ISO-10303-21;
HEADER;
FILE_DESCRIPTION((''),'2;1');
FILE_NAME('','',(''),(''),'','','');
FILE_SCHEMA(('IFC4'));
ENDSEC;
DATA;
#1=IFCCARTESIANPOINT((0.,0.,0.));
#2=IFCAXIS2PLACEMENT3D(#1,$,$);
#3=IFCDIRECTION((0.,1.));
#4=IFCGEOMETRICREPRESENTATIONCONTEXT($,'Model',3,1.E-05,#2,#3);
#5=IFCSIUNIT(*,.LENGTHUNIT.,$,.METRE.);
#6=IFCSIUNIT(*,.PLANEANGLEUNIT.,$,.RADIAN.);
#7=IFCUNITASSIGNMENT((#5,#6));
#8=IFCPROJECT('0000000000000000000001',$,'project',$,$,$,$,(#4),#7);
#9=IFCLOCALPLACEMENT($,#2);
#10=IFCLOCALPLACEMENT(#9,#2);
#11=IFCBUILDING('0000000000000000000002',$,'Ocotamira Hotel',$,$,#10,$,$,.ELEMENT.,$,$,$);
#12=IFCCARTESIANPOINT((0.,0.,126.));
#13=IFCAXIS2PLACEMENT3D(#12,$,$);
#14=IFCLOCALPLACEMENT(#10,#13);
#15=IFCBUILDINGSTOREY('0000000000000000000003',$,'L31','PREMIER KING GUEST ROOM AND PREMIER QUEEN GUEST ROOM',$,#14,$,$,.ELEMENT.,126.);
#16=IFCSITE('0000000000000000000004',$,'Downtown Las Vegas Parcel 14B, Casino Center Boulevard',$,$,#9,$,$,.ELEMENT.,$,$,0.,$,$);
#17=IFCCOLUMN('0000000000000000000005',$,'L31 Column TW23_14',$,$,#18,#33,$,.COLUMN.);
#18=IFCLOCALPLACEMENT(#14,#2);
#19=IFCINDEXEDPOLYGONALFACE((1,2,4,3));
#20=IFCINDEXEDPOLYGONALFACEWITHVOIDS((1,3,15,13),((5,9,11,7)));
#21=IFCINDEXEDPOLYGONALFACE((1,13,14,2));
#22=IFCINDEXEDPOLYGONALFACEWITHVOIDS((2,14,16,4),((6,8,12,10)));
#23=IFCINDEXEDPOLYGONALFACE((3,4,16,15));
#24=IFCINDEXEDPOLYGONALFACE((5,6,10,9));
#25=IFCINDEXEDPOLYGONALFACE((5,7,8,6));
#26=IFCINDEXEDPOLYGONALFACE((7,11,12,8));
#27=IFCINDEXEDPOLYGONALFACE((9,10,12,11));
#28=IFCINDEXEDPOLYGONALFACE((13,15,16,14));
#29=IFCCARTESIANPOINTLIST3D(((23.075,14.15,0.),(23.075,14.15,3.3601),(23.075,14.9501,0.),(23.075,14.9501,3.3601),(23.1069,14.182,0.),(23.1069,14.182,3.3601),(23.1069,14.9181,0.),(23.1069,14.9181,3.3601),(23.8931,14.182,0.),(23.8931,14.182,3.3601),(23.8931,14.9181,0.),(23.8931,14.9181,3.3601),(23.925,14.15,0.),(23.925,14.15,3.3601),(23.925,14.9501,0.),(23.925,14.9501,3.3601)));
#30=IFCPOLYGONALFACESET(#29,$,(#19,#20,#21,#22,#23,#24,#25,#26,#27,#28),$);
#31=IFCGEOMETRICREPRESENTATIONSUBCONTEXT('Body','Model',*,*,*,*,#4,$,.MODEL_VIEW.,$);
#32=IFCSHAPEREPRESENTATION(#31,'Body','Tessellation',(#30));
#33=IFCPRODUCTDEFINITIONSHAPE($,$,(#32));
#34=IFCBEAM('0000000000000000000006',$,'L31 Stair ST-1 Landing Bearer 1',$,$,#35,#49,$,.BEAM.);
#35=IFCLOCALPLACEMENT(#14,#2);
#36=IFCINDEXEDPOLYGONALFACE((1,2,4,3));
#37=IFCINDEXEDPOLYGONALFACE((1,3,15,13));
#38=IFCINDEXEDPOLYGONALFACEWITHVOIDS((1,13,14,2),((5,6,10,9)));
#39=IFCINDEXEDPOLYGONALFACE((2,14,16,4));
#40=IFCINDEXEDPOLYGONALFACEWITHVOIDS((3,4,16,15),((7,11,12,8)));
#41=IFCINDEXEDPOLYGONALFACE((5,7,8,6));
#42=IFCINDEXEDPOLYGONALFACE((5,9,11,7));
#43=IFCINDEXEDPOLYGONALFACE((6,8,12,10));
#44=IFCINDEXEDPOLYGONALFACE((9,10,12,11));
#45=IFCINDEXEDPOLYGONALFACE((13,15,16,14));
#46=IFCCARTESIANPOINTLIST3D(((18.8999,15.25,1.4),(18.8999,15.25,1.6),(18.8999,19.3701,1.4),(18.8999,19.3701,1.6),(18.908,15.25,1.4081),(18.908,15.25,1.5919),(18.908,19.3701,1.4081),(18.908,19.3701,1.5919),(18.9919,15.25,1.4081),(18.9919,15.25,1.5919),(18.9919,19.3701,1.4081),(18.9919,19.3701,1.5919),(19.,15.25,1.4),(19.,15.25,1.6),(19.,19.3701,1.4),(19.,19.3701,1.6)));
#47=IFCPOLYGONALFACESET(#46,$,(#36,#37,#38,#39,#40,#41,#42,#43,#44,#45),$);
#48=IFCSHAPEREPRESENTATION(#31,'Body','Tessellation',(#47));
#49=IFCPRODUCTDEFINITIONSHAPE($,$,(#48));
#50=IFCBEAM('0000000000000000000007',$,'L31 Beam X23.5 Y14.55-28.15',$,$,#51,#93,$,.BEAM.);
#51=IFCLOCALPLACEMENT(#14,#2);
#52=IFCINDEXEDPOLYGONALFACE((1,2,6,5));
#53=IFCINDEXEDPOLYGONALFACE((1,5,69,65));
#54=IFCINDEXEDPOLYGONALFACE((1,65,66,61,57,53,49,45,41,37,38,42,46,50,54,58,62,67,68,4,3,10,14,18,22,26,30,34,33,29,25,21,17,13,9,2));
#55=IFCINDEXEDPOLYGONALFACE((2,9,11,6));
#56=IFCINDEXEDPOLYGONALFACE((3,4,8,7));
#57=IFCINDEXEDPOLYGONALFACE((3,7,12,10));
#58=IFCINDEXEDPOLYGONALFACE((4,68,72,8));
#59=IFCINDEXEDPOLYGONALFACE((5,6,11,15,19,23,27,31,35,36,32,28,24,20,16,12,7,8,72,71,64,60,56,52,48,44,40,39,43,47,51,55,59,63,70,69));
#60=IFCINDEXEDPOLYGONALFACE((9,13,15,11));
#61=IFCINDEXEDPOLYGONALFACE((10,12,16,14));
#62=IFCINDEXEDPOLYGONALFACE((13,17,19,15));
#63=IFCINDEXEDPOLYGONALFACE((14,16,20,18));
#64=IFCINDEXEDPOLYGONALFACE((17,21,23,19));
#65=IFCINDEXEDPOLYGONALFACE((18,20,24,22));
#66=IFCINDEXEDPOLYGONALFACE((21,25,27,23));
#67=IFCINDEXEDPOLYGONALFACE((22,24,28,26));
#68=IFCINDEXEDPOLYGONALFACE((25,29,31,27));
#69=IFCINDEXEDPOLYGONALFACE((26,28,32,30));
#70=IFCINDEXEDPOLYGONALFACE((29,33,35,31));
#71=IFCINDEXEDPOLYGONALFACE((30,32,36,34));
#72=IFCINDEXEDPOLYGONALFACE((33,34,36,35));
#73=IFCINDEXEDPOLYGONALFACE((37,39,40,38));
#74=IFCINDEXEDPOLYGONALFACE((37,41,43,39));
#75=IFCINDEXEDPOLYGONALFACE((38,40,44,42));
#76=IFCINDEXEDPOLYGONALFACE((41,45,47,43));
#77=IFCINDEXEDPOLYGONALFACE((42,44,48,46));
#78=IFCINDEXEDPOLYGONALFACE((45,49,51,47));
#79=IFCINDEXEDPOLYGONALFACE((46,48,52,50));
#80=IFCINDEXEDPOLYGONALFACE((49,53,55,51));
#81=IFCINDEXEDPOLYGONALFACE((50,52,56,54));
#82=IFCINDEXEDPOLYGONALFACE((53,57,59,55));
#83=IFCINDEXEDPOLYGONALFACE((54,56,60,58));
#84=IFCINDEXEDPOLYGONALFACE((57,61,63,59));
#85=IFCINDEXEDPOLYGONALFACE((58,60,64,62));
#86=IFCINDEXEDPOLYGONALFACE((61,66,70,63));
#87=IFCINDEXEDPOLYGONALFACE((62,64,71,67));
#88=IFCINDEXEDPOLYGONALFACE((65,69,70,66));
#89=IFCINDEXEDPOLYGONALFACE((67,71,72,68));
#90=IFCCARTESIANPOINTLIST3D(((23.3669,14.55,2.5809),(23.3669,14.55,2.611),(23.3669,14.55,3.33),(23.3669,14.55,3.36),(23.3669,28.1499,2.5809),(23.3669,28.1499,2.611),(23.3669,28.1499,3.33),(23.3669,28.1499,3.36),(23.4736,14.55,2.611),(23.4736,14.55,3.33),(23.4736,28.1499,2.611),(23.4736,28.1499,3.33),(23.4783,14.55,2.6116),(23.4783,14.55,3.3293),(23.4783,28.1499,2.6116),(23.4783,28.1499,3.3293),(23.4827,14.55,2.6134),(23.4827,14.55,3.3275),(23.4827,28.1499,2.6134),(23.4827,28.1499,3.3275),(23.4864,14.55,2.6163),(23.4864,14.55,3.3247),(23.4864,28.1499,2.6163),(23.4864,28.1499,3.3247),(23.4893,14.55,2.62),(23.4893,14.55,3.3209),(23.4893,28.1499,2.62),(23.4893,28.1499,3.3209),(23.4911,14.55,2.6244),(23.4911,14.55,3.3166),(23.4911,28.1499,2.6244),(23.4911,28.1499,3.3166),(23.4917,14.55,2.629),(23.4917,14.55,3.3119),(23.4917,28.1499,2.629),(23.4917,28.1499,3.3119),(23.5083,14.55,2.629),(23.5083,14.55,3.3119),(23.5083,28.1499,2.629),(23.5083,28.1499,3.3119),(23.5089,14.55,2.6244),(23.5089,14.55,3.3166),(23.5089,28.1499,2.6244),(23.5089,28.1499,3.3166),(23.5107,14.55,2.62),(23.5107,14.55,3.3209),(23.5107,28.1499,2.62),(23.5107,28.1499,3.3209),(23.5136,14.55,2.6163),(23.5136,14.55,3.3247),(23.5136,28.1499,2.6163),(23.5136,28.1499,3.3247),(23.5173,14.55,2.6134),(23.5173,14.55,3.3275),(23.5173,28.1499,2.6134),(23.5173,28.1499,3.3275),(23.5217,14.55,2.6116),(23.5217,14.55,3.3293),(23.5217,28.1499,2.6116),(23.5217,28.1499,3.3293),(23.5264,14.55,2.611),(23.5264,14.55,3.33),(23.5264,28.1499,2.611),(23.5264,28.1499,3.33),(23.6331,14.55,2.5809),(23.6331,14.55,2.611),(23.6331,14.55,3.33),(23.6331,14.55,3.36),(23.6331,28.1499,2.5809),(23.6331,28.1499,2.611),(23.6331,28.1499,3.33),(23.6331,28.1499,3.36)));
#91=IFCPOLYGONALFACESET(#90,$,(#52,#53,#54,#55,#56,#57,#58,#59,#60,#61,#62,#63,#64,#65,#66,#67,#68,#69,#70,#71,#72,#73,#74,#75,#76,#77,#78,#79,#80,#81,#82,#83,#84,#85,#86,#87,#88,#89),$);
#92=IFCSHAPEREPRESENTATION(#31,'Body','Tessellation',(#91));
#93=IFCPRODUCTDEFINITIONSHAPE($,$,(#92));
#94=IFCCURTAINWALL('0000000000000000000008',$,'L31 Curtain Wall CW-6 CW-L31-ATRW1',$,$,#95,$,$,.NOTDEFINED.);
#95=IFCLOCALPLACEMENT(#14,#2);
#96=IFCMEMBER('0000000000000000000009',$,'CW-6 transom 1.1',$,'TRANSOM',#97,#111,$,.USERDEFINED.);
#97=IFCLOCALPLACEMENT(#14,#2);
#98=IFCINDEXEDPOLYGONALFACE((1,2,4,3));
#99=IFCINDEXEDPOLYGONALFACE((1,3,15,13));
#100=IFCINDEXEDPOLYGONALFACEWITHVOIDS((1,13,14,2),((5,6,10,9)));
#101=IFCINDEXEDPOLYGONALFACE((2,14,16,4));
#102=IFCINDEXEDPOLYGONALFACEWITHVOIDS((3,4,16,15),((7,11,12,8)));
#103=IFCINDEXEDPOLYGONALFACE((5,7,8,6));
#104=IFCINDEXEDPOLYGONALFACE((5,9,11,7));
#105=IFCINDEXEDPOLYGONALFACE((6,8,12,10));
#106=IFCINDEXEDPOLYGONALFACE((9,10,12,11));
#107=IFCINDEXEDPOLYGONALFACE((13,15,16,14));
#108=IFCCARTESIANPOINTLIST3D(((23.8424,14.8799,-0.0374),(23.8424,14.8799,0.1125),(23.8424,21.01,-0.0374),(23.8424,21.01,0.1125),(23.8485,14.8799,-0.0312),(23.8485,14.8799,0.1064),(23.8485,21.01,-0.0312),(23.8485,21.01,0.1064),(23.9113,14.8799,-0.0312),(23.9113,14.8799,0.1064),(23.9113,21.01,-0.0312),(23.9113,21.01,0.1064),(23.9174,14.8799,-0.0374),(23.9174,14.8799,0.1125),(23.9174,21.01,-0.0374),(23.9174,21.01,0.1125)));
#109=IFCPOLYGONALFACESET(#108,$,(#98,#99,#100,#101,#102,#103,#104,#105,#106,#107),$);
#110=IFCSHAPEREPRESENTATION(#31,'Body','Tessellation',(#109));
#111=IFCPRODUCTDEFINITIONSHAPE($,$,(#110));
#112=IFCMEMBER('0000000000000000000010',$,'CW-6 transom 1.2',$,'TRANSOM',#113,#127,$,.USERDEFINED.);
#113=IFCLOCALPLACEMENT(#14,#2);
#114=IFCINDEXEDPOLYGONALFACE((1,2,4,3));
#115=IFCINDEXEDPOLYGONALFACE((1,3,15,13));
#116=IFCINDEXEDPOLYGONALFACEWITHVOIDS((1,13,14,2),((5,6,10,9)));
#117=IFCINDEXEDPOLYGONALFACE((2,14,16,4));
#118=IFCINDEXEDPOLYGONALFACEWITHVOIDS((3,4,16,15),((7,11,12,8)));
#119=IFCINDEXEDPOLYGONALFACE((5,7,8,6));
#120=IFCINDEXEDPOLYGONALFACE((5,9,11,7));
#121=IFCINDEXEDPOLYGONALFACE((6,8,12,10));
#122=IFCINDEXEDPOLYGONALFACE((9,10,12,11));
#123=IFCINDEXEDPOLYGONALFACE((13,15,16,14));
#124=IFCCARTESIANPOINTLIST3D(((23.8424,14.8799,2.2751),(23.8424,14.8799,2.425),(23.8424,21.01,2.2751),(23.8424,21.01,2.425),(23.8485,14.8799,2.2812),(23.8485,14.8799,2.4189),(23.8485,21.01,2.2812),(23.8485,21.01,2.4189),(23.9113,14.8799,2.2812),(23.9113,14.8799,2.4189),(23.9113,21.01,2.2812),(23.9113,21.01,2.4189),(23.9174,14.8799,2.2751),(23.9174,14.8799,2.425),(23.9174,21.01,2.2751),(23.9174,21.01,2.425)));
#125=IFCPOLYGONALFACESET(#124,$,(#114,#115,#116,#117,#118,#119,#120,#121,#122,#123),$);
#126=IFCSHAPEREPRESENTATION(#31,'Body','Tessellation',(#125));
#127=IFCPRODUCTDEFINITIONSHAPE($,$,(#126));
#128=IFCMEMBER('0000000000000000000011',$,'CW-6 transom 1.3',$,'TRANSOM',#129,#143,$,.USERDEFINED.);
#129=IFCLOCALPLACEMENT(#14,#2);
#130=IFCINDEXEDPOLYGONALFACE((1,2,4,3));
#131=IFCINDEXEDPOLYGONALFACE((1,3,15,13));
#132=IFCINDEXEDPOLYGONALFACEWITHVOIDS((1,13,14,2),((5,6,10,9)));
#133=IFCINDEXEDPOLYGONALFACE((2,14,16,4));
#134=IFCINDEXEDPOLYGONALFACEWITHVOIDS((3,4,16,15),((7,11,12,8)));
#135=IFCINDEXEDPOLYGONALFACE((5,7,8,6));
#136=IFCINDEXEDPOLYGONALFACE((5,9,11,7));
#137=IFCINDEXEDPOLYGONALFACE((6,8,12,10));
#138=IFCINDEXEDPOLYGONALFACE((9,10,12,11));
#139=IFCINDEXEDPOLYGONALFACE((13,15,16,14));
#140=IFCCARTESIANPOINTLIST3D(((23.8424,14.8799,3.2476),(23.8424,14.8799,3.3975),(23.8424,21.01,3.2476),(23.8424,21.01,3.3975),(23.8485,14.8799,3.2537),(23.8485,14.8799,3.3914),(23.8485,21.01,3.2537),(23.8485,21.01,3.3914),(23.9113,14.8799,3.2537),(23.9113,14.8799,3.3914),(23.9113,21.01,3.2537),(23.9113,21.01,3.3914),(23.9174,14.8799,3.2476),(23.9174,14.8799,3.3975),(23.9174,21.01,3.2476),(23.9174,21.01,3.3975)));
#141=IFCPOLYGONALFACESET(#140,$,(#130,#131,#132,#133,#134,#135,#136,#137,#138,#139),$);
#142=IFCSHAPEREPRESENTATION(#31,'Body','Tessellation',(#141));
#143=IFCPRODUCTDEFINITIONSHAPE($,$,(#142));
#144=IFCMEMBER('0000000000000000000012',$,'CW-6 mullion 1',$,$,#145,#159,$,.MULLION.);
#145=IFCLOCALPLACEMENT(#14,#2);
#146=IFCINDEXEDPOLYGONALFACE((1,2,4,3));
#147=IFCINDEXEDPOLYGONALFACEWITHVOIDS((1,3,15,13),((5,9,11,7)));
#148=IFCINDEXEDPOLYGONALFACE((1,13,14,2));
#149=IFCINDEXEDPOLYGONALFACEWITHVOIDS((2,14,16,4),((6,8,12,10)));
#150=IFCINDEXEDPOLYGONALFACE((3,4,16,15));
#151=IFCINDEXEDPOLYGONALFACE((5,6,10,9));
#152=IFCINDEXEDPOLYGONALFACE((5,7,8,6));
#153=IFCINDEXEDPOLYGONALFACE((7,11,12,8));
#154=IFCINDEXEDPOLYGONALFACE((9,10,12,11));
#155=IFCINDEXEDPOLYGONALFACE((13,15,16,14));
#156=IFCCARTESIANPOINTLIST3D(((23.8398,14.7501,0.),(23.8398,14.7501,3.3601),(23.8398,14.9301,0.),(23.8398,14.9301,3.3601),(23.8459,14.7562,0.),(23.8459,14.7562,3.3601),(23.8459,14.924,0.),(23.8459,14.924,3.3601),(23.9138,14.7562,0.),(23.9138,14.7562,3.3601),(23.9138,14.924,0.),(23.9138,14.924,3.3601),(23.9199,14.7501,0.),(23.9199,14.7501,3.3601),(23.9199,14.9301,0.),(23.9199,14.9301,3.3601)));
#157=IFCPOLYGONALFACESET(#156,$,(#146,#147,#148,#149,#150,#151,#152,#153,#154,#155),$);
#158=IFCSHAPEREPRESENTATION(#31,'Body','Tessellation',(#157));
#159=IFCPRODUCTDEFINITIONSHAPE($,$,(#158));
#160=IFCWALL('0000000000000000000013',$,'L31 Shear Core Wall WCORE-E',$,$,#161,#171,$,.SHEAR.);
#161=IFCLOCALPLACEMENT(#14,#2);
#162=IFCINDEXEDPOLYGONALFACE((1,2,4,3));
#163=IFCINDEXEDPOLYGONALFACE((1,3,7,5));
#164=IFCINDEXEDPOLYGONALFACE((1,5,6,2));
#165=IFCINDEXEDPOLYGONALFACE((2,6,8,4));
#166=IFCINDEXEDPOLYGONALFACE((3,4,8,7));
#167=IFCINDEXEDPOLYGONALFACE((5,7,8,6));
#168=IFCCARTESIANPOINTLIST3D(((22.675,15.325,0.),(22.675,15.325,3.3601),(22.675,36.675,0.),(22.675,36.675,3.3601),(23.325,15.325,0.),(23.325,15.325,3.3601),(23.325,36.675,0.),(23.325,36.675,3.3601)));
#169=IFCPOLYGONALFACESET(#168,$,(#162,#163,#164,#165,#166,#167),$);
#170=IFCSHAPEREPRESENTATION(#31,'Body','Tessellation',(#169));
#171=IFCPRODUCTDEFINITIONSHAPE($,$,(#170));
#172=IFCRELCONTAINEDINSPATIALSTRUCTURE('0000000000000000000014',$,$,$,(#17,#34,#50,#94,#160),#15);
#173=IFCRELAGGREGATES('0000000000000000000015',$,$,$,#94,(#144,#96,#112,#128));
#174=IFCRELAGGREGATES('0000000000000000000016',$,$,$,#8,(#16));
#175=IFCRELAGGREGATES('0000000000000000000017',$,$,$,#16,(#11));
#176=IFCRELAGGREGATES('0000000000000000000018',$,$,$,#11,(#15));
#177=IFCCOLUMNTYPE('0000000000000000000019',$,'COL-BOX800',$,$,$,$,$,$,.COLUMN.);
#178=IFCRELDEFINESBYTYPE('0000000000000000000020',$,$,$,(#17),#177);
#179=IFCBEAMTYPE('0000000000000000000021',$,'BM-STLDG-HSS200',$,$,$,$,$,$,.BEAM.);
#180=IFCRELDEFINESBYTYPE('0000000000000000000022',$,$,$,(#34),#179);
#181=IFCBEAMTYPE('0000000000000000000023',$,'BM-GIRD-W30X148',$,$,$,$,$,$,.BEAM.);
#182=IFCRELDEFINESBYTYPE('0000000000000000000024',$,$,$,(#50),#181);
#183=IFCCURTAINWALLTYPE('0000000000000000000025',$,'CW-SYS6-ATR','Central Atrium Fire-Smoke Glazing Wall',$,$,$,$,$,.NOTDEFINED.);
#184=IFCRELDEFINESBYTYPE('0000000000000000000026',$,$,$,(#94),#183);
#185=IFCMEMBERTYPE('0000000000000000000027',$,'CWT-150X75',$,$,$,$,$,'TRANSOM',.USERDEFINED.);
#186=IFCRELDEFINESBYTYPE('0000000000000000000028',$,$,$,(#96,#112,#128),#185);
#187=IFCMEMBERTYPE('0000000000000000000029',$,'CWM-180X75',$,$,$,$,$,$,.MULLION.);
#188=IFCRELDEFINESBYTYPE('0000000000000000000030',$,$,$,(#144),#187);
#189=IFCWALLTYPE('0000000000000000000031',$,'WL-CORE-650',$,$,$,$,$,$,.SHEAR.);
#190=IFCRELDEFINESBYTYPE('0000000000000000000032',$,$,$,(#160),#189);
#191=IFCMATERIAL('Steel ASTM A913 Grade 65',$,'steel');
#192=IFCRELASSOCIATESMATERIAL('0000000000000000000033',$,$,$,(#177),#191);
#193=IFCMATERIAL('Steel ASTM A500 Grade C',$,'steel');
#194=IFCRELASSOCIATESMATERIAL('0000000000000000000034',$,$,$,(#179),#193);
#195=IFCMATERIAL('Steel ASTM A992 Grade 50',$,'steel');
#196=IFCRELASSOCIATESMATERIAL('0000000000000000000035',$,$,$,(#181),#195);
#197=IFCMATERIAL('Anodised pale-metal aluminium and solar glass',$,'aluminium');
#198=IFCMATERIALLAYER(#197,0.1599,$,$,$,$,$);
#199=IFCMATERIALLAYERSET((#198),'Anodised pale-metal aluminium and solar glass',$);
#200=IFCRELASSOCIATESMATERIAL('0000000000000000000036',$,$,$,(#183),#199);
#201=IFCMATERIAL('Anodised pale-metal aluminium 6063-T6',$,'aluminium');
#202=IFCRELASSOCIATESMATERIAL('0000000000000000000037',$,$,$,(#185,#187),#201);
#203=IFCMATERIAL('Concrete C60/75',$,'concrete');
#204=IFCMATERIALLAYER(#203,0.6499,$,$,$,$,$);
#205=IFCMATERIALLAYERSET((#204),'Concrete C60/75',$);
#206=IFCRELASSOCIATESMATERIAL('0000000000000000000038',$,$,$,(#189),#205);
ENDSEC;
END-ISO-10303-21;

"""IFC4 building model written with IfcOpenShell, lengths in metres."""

from ifc_helpers import new_model, si_unit, direction, frame, frame_2d, origin, origin_2d, place, context, subcontext, project, spatial, rectangle, hollow_rectangle, i_section, extrude, source, transform, mapped, material, layer, layer_set, material_profile, profile_set, type_object, element, aggregate, save


model = new_model("IFC4")

# Units and contexts
model_context = context("Model", 3, precision=1e-05, world=origin(), true_north=direction((0.0, 1.0)))
body_context = subcontext(model_context, "Body", "Model", "MODEL_VIEW")
ifc_project = project(units=[si_unit("LENGTHUNIT", "METRE"), si_unit("PLANEANGLEUNIT", "RADIAN")], contexts=[model_context])

# Site, building, storey
site_placement = place(None, origin())
site = spatial("IfcSite", under=ifc_project, at=site_placement, Name="Downtown Las Vegas Parcel 14B, Casino Center Boulevard", CompositionType="ELEMENT", RefElevation=0.0)
building_placement = place(site_placement, origin())
building = spatial("IfcBuilding", under=site, at=building_placement, Name="Ocotamira Hotel", CompositionType="ELEMENT")
storey_placement = place(building_placement, frame((0.0, 0.0, 126.0)))
storey = spatial("IfcBuildingStorey", under=building, at=storey_placement, Name="L31", Description="PREMIER KING GUEST ROOM AND PREMIER QUEEN GUEST ROOM", CompositionType="ELEMENT", Elevation=126.0)

# Column
ifc_material_1 = material(Name="Steel ASTM A913 Grade 65", Category="steel")
ifc_material_profile_1 = material_profile(ifc_material_1, hollow_rectangle(XDim=0.8501, YDim=0.8, WallThickness=0.032, at=origin_2d()), Name="BOX800X850X32")
ifc_profile_set_1 = profile_set([ifc_material_profile_1], Name="Steel ASTM A913 Grade 65")
column_type = type_object("IfcColumnType", Name="COL-BOX800", PredefinedType="COLUMN", material=ifc_profile_set_1)
shared_shape_1 = source(origin(), body_context, "Body", "SweptSolid", [
    extrude(hollow_rectangle(XDim=0.8501, YDim=0.8, WallThickness=0.032, at=origin_2d()), origin(), (0.0, 0.0, 1.0), 3.3601),
])
column_placement = place(storey_placement, frame((23.5, 14.55, 0.0), z_axis=(0.0, 0.0, 1.0), x_axis=(1.0, 0.0, 0.0)))
element("IfcColumn", 1, at=column_placement, inside=storey, type_object=column_type, Name="L31 Column TW23_14", PredefinedType="COLUMN", context=body_context, shape_type="MappedRepresentation", body=[
    mapped(shared_shape_1, transform((0.0, 0.0, 0.0), scale=1.0)),
])

# Beams
ifc_material_2 = material(Name="Steel ASTM A500 Grade C", Category="steel")
ifc_material_profile_2 = material_profile(ifc_material_2, hollow_rectangle(XDim=0.1001, YDim=0.2, WallThickness=0.0081, at=origin_2d()), Name="HSS200X100X8")
ifc_profile_set_2 = profile_set([ifc_material_profile_2], Name="Steel ASTM A500 Grade C")
beam_type_1 = type_object("IfcBeamType", Name="BM-STLDG-HSS200", PredefinedType="BEAM", material=ifc_profile_set_2)
shared_shape_2 = source(origin(), body_context, "Body", "SweptSolid", [
    extrude(hollow_rectangle(XDim=0.1001, YDim=0.2, WallThickness=0.0081, at=origin_2d()), origin(), (0.0, 0.0, 1.0), 4.1201),
])
beam_1_placement = place(storey_placement, frame((18.95, 15.25, 1.5), z_axis=(0.0, 1.0, 0.0), x_axis=(-1.0, 0.0, 0.0)))
element("IfcBeam", 2, at=beam_1_placement, inside=storey, type_object=beam_type_1, Name="L31 Stair ST-1 Landing Bearer 1", PredefinedType="BEAM", context=body_context, shape_type="MappedRepresentation", body=[
    mapped(shared_shape_2, transform((0.0, 0.0, 0.0), scale=1.0)),
])
ifc_material_3 = material(Name="Steel ASTM A992 Grade 50", Category="steel")
ifc_material_profile_3 = material_profile(ifc_material_3, i_section(OverallWidth=0.2661, OverallDepth=0.7791, WebThickness=0.0166, FlangeThickness=0.03, FilletRadius=0.0181, at=origin_2d()), Name="W30X148")
ifc_profile_set_3 = profile_set([ifc_material_profile_3], Name="Steel ASTM A992 Grade 50")
beam_type_2 = type_object("IfcBeamType", Name="BM-GIRD-W30X148", PredefinedType="BEAM", material=ifc_profile_set_3)
shared_shape_3 = source(origin(), body_context, "Body", "SweptSolid", [
    extrude(i_section(OverallWidth=0.2661, OverallDepth=0.7791, WebThickness=0.0166, FlangeThickness=0.03, FilletRadius=0.0181, at=origin_2d()), origin(), (0.0, 0.0, 1.0), 13.5999),
])
beam_2_placement = place(storey_placement, frame((23.5, 14.55, 2.9705), z_axis=(0.0, 1.0, 0.0), x_axis=(-1.0, 0.0, 0.0)))
element("IfcBeam", 3, at=beam_2_placement, inside=storey, type_object=beam_type_2, Name="L31 Beam X23.5 Y14.55-28.15", PredefinedType="BEAM", context=body_context, shape_type="MappedRepresentation", body=[
    mapped(shared_shape_3, transform((0.0, 0.0, 0.0), scale=1.0)),
])

# Curtain wall, members
ifc_material_4 = material(Name="Anodised pale-metal aluminium and solar glass", Category="aluminium")
ifc_layer_1 = layer(ifc_material_4, 0.1599)
ifc_layer_set_1 = layer_set([ifc_layer_1], Name="Anodised pale-metal aluminium and solar glass")
curtain_wall_type = type_object("IfcCurtainWallType", Name="CW-SYS6-ATR", Description="Central Atrium Fire-Smoke Glazing Wall", PredefinedType="NOTDEFINED", material=ifc_layer_set_1)
curtain_wall_placement = place(storey_placement, origin())
curtain_wall = element("IfcCurtainWall", 4, at=curtain_wall_placement, inside=storey, type_object=curtain_wall_type, Name="L31 Curtain Wall CW-6 CW-L31-ATRW1", PredefinedType="NOTDEFINED")
ifc_material_5 = material(Name="Anodised pale-metal aluminium 6063-T6", Category="aluminium")
ifc_material_profile_4 = material_profile(ifc_material_5, hollow_rectangle(XDim=0.075, YDim=0.1499, WallThickness=0.0061, at=origin_2d()), Name="HSS150X75X6")
ifc_profile_set_4 = profile_set([ifc_material_profile_4], Name="Anodised pale-metal aluminium 6063-T6")
member_type_1 = type_object("IfcMemberType", Name="CWT-150X75", ElementType="TRANSOM", PredefinedType="USERDEFINED", material=ifc_profile_set_4)
shared_shape_4 = source(origin(), body_context, "Body", "SweptSolid", [
    extrude(hollow_rectangle(XDim=0.075, YDim=0.1499, WallThickness=0.0061, at=origin_2d()), origin(), (0.0, 0.0, 1.0), 6.1301),
])
member_1_placement = place(storey_placement, frame((23.8799, 14.8799, 0.0376), z_axis=(0.0, 1.0, 0.0), x_axis=(-1.0, 0.0, 0.0)))
member_1 = element("IfcMember", 5, at=member_1_placement, type_object=member_type_1, Name="CW-6 transom 1.1", ObjectType="TRANSOM", PredefinedType="USERDEFINED", context=body_context, shape_type="MappedRepresentation", body=[
    mapped(shared_shape_4, transform((0.0, 0.0, 0.0), scale=1.0)),
])
member_2_placement = place(storey_placement, frame((23.8799, 14.8799, 2.3501), z_axis=(0.0, 1.0, 0.0), x_axis=(-1.0, 0.0, 0.0)))
member_2 = element("IfcMember", 6, at=member_2_placement, type_object=member_type_1, Name="CW-6 transom 1.2", ObjectType="TRANSOM", PredefinedType="USERDEFINED", context=body_context, shape_type="MappedRepresentation", body=[
    mapped(shared_shape_4, transform((0.0, 0.0, 0.0), scale=1.0)),
])
member_3_placement = place(storey_placement, frame((23.8799, 14.8799, 3.3225), z_axis=(0.0, 1.0, 0.0), x_axis=(-1.0, 0.0, 0.0)))
member_3 = element("IfcMember", 7, at=member_3_placement, type_object=member_type_1, Name="CW-6 transom 1.3", ObjectType="TRANSOM", PredefinedType="USERDEFINED", context=body_context, shape_type="MappedRepresentation", body=[
    mapped(shared_shape_4, transform((0.0, 0.0, 0.0), scale=1.0)),
])
ifc_material_profile_5 = material_profile(ifc_material_5, hollow_rectangle(XDim=0.0801, YDim=0.1799, WallThickness=0.0061, at=origin_2d()), Name="HSS180X80X6")
ifc_profile_set_5 = profile_set([ifc_material_profile_5], Name="Anodised pale-metal aluminium 6063-T6")
member_type_2 = type_object("IfcMemberType", Name="CWM-180X75", PredefinedType="MULLION", material=ifc_profile_set_5)
shared_shape_5 = source(origin(), body_context, "Body", "SweptSolid", [
    extrude(hollow_rectangle(XDim=0.0801, YDim=0.1799, WallThickness=0.0061, at=origin_2d()), origin(), (0.0, 0.0, 1.0), 3.3601),
])
member_4_placement = place(storey_placement, frame((23.8799, 14.8401, 0.0), z_axis=(0.0, 0.0, 1.0), x_axis=(-1.0, 0.0, 0.0)))
member_4 = element("IfcMember", 8, at=member_4_placement, type_object=member_type_2, Name="CW-6 mullion 1", PredefinedType="MULLION", context=body_context, shape_type="MappedRepresentation", body=[
    mapped(shared_shape_5, transform((0.0, 0.0, 0.0), scale=1.0)),
])
aggregate(curtain_wall, [member_4, member_1, member_2, member_3])

# Wall
ifc_material_6 = material(Name="Concrete C60/75", Category="concrete")
ifc_layer_2 = layer(ifc_material_6, 0.6499)
ifc_layer_set_2 = layer_set([ifc_layer_2], Name="Concrete C60/75")
wall_type_1 = type_object("IfcWallType", Name="WL-CORE-650", PredefinedType="SHEAR", material=ifc_layer_set_2)
wall_1_placement = place(storey_placement, frame((23.0, 15.325, 0.0), z_axis=(0.0, 0.0, 1.0), x_axis=(0.0, 1.0, 0.0)))
element("IfcWall", 9, at=wall_1_placement, inside=storey, type_object=wall_type_1, Name="L31 Shear Core Wall WCORE-E", PredefinedType="SHEAR", context=body_context, shape_type="SweptSolid", body=[
    extrude(rectangle(XDim=21.3501, YDim=0.6499, at=frame_2d((10.675, 0.0))), origin(), (0.0, 0.0, 1.0), 3.3601),
])

save(model, "model.ifc")
